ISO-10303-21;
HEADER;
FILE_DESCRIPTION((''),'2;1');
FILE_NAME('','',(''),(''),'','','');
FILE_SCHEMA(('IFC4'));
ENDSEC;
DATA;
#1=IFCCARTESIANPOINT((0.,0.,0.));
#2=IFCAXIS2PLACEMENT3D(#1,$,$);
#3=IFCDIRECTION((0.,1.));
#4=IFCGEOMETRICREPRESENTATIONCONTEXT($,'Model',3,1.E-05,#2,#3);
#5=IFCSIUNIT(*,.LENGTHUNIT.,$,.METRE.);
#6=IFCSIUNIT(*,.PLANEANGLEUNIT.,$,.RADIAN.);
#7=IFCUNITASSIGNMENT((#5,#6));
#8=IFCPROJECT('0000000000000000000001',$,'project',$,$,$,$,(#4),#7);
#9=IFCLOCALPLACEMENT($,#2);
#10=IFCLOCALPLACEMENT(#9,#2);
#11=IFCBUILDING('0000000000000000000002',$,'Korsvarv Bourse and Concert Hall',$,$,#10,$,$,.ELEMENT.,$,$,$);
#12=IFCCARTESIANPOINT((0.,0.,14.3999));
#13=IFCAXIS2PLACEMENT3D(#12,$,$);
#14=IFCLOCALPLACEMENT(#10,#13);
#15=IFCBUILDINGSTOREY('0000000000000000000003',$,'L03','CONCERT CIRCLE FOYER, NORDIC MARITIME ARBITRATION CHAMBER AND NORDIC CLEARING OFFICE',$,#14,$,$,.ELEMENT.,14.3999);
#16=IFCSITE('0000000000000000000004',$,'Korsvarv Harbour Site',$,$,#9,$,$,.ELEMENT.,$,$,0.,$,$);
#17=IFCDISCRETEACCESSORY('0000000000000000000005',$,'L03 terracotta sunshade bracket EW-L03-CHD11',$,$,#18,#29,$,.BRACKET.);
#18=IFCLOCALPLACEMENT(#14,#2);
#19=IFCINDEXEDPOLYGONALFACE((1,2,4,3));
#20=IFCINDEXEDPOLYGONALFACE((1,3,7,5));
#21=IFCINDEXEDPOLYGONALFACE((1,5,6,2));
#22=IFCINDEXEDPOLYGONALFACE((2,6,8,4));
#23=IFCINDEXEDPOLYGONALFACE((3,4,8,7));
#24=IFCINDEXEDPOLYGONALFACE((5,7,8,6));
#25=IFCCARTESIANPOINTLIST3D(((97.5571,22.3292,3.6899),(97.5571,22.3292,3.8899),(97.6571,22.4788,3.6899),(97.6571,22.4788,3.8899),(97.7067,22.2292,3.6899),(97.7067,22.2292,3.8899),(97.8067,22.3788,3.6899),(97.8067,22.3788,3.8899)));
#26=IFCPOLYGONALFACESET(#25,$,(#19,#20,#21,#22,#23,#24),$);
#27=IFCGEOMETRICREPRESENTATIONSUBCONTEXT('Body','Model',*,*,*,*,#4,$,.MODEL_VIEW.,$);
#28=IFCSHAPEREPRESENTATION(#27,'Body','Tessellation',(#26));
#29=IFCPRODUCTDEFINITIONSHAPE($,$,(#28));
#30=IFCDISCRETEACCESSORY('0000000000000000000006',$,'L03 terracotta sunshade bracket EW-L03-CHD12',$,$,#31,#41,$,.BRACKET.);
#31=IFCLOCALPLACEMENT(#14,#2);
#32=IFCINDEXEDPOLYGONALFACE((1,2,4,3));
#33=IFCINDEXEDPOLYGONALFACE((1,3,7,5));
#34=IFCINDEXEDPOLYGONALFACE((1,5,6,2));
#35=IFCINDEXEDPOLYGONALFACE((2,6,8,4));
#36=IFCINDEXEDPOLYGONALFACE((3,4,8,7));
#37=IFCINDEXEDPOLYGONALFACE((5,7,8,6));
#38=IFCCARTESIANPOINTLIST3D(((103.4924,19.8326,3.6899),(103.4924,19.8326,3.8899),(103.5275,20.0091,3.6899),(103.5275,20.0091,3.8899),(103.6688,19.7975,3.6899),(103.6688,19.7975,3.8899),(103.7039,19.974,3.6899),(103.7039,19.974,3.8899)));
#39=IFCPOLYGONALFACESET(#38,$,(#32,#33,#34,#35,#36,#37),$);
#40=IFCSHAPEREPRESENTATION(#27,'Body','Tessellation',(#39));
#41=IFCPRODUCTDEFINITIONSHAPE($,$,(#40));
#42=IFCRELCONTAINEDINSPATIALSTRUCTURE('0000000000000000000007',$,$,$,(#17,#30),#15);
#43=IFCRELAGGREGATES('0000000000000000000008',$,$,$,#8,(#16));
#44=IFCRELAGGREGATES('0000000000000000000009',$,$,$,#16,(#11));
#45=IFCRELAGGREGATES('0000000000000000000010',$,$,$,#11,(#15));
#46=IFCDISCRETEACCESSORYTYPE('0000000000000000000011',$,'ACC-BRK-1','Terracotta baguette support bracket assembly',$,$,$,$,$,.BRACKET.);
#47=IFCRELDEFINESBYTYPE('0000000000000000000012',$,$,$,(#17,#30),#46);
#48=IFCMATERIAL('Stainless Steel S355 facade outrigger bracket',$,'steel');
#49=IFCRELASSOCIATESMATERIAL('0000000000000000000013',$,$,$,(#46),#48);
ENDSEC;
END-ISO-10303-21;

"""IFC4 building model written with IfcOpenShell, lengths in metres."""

from ifc_helpers import new_model, si_unit, direction, frame, origin, origin_2d, place, context, subcontext, project, spatial, rectangle, extrude, source, transform, mapped, material, type_object, element, save


model = new_model("IFC4")

# Units and contexts
model_context = context("Model", 3, precision=1e-05, world=origin(), true_north=direction((0.0, 1.0)))
body_context = subcontext(model_context, "Body", "Model", "MODEL_VIEW")
ifc_project = project(units=[si_unit("LENGTHUNIT", "METRE"), si_unit("PLANEANGLEUNIT", "RADIAN")], contexts=[model_context])

# Site, building, storey
site_placement = place(None, origin())
site = spatial("IfcSite", under=ifc_project, at=site_placement, Name="Korsvarv Harbour Site", CompositionType="ELEMENT", RefElevation=0.0)
building_placement = place(site_placement, origin())
building = spatial("IfcBuilding", under=site, at=building_placement, Name="Korsvarv Bourse and Concert Hall", CompositionType="ELEMENT")
storey_placement = place(building_placement, frame((0.0, 0.0, 14.3999)))
storey = spatial("IfcBuildingStorey", under=building, at=storey_placement, Name="L03", Description="CONCERT CIRCLE FOYER, NORDIC MARITIME ARBITRATION CHAMBER AND NORDIC CLEARING OFFICE", CompositionType="ELEMENT", Elevation=14.3999)

# Discrete accessories
ifc_material_1 = material(Name="Stainless Steel S355 facade outrigger bracket", Category="steel")
discrete_accessory_type = type_object("IfcDiscreteAccessoryType", Name="ACC-BRK-1", Description="Terracotta baguette support bracket assembly", PredefinedType="BRACKET", material=ifc_material_1)
shared_shape_1 = source(origin(), body_context, "Body", "SweptSolid", [
    extrude(rectangle(XDim=0.1799, YDim=0.1799, at=origin_2d()), origin(), (0.0, 0.0, 1.0), 0.2),
])
for number, where, z_axis, x_axis, name in (
    (1, (97.6819, 22.354, 3.6899), (0.0, 0.0, 1.0), (0.83147, -0.55557, 0.0), "L03 terracotta sunshade bracket EW-L03-CHD11"),
    (2, (103.5981, 19.9033, 3.6899), (0.0, 0.0, 1.0), (0.980785, -0.19509, 0.0), "L03 terracotta sunshade bracket EW-L03-CHD12"),
):
    element("IfcDiscreteAccessory", number, at=place(storey_placement, frame(where, z_axis=z_axis, x_axis=x_axis)), inside=storey, type_object=discrete_accessory_type, Name=name, PredefinedType="BRACKET", context=body_context, shape_type="MappedRepresentation", body=[
        mapped(shared_shape_1, transform((0.0, 0.0, 0.0), scale=1.0)),
    ])

save(model, "model.ifc")
